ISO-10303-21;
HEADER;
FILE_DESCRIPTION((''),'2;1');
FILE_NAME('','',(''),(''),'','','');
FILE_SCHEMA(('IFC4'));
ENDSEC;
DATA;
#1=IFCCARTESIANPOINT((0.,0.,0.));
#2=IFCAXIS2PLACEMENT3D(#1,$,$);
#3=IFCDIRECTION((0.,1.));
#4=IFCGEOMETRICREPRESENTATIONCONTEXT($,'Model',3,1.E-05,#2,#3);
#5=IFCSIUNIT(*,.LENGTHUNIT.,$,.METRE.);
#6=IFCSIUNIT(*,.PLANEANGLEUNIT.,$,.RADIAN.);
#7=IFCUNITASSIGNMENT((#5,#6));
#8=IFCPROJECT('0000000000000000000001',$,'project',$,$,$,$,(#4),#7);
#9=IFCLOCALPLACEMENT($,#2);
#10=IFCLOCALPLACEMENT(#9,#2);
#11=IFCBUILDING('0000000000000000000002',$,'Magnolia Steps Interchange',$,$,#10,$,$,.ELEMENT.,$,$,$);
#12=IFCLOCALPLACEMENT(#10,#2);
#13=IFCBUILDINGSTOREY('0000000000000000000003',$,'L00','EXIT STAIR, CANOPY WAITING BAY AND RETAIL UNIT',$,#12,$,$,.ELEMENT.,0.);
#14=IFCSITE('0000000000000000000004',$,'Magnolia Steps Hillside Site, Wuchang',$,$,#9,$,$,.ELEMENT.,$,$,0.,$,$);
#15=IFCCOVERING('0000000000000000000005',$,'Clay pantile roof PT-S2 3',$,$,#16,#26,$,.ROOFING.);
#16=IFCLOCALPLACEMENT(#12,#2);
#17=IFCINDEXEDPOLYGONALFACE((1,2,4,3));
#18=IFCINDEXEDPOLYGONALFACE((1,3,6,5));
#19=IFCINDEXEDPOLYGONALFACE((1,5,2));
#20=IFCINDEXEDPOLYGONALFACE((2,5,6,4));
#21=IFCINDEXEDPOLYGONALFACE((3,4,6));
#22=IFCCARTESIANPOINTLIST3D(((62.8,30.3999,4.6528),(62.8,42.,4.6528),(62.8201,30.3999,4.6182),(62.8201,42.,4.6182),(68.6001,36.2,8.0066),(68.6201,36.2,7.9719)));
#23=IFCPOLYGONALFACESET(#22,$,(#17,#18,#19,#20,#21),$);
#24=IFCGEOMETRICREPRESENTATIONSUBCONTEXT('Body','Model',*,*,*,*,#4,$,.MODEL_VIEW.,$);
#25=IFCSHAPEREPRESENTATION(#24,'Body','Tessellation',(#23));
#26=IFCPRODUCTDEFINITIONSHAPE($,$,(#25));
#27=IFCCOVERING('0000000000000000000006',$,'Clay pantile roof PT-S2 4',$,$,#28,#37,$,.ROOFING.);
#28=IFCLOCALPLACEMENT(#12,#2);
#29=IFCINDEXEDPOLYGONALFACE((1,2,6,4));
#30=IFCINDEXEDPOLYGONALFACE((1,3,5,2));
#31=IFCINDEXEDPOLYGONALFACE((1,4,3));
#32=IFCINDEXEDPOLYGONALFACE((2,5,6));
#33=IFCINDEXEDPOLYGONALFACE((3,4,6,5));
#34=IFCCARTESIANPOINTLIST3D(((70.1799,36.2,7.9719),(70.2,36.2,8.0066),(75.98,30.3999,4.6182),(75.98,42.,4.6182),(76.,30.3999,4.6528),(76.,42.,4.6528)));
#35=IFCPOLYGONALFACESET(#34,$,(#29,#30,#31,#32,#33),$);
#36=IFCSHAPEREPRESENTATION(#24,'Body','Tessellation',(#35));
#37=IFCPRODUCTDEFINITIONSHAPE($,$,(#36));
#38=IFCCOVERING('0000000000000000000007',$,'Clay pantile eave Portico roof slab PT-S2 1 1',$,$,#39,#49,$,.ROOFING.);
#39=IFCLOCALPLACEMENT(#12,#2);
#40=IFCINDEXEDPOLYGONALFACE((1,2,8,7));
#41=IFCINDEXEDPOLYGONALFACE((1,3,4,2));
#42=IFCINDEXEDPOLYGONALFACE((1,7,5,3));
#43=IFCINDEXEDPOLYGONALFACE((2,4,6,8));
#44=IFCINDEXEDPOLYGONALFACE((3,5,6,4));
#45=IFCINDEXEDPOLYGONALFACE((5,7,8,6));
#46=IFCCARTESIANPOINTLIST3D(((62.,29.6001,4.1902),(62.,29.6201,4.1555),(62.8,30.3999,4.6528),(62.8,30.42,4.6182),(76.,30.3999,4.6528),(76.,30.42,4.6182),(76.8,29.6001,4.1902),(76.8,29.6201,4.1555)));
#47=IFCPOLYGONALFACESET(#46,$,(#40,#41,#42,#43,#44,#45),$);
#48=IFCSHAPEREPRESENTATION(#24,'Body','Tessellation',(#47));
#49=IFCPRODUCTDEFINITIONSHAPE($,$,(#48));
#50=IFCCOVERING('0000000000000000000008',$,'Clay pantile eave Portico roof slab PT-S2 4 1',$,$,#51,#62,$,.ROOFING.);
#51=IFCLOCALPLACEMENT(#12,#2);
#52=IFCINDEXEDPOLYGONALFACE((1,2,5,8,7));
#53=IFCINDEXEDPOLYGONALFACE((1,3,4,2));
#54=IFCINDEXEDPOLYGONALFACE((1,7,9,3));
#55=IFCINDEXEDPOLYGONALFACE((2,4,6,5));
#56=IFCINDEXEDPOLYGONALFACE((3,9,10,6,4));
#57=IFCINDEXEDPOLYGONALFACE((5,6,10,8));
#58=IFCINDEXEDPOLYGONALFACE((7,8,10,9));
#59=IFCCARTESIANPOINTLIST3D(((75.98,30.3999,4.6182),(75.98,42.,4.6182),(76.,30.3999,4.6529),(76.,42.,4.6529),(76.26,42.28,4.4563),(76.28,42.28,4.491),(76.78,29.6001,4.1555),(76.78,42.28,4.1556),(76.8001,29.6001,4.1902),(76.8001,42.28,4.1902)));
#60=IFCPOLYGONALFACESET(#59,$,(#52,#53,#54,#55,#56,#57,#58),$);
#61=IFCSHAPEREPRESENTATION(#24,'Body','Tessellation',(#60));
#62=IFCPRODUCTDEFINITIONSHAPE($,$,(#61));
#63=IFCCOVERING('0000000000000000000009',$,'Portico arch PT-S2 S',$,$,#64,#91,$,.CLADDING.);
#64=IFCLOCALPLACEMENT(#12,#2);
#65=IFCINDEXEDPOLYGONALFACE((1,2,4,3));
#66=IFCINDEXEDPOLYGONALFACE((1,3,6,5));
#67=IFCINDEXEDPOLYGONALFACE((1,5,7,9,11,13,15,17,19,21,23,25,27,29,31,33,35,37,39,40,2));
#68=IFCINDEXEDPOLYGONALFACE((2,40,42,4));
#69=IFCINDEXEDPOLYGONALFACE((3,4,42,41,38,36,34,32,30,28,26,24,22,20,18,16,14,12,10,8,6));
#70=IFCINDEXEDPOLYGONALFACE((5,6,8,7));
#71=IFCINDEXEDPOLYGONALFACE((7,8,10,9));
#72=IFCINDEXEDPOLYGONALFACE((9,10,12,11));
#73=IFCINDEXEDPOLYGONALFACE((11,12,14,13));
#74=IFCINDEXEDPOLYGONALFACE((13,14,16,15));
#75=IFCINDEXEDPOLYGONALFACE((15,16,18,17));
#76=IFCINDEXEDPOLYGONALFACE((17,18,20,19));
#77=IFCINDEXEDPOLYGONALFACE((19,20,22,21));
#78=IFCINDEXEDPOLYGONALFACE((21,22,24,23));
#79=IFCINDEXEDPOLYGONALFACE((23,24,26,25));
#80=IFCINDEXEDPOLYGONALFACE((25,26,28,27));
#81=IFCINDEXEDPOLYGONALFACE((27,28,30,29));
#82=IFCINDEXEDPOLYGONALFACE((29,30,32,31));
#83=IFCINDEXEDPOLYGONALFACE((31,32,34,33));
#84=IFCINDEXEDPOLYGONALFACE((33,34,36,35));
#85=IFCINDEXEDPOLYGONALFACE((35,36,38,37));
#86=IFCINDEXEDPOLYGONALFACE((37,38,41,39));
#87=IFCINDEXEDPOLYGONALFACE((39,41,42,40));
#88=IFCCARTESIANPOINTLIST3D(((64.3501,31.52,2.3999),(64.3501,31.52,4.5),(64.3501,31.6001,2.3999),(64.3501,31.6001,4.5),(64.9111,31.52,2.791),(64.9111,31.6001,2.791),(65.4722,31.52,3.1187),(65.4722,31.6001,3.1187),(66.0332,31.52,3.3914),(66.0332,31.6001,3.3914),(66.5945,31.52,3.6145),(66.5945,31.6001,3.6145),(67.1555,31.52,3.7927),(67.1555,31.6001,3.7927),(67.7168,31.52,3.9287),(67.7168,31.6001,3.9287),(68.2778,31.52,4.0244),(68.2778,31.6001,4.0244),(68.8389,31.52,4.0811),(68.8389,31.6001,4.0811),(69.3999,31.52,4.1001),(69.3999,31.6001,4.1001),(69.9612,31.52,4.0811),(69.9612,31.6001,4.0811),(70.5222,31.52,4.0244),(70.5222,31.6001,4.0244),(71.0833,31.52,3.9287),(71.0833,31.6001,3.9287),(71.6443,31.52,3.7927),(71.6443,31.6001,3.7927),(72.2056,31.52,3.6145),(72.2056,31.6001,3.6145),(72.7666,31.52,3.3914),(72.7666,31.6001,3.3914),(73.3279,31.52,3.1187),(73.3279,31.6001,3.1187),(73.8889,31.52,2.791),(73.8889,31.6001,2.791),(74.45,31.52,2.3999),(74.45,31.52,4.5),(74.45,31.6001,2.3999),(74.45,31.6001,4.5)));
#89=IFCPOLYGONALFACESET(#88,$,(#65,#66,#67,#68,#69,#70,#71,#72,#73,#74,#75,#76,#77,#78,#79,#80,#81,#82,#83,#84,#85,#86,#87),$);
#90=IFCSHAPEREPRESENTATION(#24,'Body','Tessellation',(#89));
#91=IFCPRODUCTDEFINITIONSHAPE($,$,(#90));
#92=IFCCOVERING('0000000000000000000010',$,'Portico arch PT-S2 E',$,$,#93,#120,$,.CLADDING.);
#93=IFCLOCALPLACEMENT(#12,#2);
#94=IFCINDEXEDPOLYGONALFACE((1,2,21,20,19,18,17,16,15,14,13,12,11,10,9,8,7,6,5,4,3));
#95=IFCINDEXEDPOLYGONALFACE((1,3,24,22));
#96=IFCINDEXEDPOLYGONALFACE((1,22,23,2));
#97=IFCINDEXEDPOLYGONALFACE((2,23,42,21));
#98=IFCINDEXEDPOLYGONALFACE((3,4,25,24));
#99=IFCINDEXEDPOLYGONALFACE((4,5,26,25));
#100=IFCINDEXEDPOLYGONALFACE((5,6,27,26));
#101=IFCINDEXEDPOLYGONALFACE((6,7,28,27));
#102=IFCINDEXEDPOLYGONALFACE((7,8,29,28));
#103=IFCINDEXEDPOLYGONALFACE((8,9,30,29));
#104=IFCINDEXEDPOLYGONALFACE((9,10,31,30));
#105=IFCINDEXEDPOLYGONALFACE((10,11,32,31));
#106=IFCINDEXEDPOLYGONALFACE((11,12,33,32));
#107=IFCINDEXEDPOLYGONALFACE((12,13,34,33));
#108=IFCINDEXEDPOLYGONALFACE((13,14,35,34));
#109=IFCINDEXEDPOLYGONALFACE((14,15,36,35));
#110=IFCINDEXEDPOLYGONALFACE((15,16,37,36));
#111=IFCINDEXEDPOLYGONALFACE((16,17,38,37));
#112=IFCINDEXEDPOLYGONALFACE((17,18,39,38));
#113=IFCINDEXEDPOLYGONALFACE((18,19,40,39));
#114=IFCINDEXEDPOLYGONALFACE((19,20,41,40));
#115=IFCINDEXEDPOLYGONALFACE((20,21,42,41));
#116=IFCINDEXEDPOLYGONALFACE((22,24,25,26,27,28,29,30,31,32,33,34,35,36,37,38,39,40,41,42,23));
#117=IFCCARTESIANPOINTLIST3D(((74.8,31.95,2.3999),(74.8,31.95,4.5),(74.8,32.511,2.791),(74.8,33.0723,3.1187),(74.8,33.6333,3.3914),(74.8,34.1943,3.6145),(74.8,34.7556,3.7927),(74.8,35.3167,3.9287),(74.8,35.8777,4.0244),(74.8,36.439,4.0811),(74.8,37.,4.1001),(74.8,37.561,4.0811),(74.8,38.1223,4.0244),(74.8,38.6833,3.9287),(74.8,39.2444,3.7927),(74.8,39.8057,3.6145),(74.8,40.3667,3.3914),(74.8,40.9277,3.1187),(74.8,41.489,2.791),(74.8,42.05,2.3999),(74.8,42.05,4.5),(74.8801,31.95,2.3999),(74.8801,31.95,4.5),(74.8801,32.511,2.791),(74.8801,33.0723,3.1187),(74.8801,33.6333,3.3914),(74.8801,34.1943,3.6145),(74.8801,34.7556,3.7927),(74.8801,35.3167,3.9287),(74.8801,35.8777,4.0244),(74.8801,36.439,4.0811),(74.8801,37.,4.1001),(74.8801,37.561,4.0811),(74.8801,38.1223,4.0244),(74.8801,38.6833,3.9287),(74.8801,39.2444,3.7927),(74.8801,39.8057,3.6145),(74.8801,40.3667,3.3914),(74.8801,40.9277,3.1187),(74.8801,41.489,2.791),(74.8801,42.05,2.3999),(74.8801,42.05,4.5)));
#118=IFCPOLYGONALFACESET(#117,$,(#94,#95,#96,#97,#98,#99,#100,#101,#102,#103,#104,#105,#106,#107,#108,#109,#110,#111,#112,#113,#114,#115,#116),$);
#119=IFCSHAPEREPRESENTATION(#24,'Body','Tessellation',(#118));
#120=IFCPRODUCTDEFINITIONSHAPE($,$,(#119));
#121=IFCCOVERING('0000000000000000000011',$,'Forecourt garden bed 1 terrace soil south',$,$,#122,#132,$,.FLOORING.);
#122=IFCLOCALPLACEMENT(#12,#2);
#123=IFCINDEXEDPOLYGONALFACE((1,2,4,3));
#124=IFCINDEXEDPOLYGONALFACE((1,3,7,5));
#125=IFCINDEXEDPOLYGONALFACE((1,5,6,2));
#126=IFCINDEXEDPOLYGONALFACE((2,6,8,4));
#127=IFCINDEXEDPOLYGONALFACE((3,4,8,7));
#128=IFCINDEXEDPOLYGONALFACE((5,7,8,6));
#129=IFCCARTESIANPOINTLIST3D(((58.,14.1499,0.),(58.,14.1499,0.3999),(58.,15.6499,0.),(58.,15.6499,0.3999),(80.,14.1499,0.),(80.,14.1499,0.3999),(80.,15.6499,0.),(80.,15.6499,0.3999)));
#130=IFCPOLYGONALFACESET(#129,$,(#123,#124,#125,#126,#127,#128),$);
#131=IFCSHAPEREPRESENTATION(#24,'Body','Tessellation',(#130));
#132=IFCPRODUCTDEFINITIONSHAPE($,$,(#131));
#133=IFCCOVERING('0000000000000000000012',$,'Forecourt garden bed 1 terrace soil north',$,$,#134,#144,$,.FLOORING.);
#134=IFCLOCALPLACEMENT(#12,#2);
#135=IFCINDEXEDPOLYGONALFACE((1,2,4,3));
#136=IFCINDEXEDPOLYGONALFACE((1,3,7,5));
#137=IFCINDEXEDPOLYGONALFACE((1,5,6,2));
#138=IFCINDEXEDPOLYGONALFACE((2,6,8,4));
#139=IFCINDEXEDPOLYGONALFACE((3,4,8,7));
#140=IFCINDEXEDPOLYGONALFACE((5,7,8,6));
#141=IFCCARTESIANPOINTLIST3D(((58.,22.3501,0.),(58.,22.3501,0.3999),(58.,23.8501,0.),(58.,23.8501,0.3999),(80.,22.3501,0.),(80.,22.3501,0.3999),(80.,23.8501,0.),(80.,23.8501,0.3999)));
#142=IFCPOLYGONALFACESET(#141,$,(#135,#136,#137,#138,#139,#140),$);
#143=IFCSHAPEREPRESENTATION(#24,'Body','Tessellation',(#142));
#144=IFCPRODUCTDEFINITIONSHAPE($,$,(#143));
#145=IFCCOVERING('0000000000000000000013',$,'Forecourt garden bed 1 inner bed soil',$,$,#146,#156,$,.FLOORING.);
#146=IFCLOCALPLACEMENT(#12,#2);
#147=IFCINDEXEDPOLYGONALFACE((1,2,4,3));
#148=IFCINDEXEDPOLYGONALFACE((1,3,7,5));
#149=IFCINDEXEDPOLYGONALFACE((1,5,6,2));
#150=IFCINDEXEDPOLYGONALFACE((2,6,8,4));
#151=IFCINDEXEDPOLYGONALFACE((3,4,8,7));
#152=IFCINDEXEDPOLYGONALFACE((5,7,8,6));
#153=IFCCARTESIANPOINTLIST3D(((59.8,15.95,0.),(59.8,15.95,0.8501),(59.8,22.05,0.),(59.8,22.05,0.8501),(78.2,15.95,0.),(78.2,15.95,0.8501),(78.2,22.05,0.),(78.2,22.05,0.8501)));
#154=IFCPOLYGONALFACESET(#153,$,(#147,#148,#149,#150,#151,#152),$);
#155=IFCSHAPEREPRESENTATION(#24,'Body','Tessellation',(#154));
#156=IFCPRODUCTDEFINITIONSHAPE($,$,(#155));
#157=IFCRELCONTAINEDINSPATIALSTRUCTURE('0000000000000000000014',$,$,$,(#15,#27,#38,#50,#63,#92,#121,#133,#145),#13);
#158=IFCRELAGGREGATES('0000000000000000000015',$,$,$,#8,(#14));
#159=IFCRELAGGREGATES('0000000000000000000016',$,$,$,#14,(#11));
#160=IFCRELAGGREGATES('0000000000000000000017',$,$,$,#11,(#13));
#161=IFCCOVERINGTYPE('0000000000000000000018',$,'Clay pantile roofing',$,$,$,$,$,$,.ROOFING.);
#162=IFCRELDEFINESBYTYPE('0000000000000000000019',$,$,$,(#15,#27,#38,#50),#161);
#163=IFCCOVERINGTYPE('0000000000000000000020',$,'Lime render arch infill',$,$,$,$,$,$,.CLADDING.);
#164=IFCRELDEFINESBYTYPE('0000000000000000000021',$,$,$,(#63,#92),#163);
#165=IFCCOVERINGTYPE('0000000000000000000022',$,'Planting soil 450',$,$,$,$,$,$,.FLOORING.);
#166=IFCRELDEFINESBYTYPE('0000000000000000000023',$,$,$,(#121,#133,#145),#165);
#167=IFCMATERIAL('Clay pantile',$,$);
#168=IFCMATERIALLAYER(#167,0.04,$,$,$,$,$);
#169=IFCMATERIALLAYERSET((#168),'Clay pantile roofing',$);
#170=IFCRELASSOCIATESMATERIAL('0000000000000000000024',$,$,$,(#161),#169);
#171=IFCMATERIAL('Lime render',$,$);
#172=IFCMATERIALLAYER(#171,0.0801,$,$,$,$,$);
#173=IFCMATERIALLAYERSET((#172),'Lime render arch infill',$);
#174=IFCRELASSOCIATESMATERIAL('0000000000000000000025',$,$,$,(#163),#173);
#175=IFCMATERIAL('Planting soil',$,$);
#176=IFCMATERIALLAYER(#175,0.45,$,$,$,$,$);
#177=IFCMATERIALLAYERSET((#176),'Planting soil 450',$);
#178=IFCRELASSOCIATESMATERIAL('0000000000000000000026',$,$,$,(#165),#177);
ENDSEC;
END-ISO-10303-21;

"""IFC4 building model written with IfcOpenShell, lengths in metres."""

from ifc_helpers import new_model, si_unit, direction, frame, origin, origin_2d, place, context, subcontext, project, spatial, polyline, rectangle, outline, extrude, material, layer, layer_set, type_object, element, save


model = new_model("IFC4")

# Units and contexts
model_context = context("Model", 3, precision=1e-05, world=origin(), true_north=direction((0.0, 1.0)))
body_context = subcontext(model_context, "Body", "Model", "MODEL_VIEW")
ifc_project = project(units=[si_unit("LENGTHUNIT", "METRE"), si_unit("PLANEANGLEUNIT", "RADIAN")], contexts=[model_context])

# Site, building, storey
site_placement = place(None, origin())
site = spatial("IfcSite", under=ifc_project, at=site_placement, Name="Magnolia Steps Hillside Site, Wuchang", CompositionType="ELEMENT", RefElevation=0.0)
building_placement = place(site_placement, origin())
building = spatial("IfcBuilding", under=site, at=building_placement, Name="Magnolia Steps Interchange", CompositionType="ELEMENT")
storey_placement = place(building_placement, origin())
storey = spatial("IfcBuildingStorey", under=building, at=storey_placement, Name="L00", Description="EXIT STAIR, CANOPY WAITING BAY AND RETAIL UNIT", CompositionType="ELEMENT", Elevation=0.0)

# Coverings
ifc_material_1 = material(Name="Clay pantile")
ifc_layer_1 = layer(ifc_material_1, 0.04)
ifc_layer_set_1 = layer_set([ifc_layer_1], Name="Clay pantile roofing")
covering_type_1 = type_object("IfcCoveringType", Name="Clay pantile roofing", PredefinedType="ROOFING", material=ifc_layer_set_1)
for number, where, z_axis, x_axis, name in (
    (1, (62.8, 42.0, 4.6528), (-0.500571, 0.0, 0.865696), (0.0, -1.0, 0.0), "Clay pantile roof PT-S2 3"),
    (2, (76.0, 30.3999, 4.6528), (0.500571, 0.0, 0.865696), (0.0, 1.0, 0.0), "Clay pantile roof PT-S2 4"),
):
    element("IfcCovering", number, at=place(storey_placement, frame(where, z_axis=z_axis, x_axis=x_axis)), inside=storey, type_object=covering_type_1, Name=name, PredefinedType="ROOFING", context=body_context, shape_type="SweptSolid", body=[
        extrude(outline(polyline([(0.0, 0.0), (11.6001, 0.0), (5.8, 6.6999), (0.0, 0.0)])), origin(), (0.0, 0.0, -1.0), 0.04),
    ])
covering_1_placement = place(storey_placement, frame((62.8, 30.3999, 4.6528), z_axis=(0.0, -0.500713, 0.865613), x_axis=(1.0, 0.0, 0.0)))
element("IfcCovering", 3, at=covering_1_placement, inside=storey, type_object=covering_type_1, Name="Clay pantile eave Portico roof slab PT-S2 1 1", PredefinedType="ROOFING", context=body_context, shape_type="SweptSolid", body=[
    extrude(outline(polyline([(0.0, 0.0), (13.2, 0.0), (14.0, -0.924), (-0.8, -0.924), (0.0, 0.0)])), origin(), (0.0, 0.0, -1.0), 0.04),
])
covering_2_placement = place(storey_placement, frame((76.28, 42.28, 4.491), z_axis=(0.500599, -0.000002, 0.865679), x_axis=(0.865679, 0.0, -0.500599)))
element("IfcCovering", 4, at=covering_2_placement, inside=storey, type_object=covering_type_1, Name="Clay pantile eave Portico roof slab PT-S2 4 1", PredefinedType="ROOFING", context=body_context, shape_type="SweptSolid", body=[
    extrude(outline(polyline([(0.0, 0.0), (0.6007, 0.0), (0.6007, -12.6799), (-0.3234, -11.8801), (-0.3234, -0.28), (0.0, 0.0)])), origin(), (0.0, 0.0, -1.0), 0.04),
])
ifc_material_2 = material(Name="Lime render")
ifc_layer_2 = layer(ifc_material_2, 0.0801)
ifc_layer_set_2 = layer_set([ifc_layer_2], Name="Lime render arch infill")
covering_type_2 = type_object("IfcCoveringType", Name="Lime render arch infill", PredefinedType="CLADDING", material=ifc_layer_set_2)
covering_3_placement = place(storey_placement, frame((64.3501, 31.6001, 2.3999), z_axis=(0.0, 1.0, 0.0), x_axis=(0.0, 0.0, 1.0)))
element("IfcCovering", 5, at=covering_3_placement, inside=storey, type_object=covering_type_2, Name="Portico arch PT-S2 S", PredefinedType="CLADDING", context=body_context, shape_type="SweptSolid", body=[
    extrude(outline(polyline([(0.0, 0.0), (2.1001, 0.0), (2.1001, 10.0999), (0.0, 10.0999), (0.3911, 9.5388), (0.7188, 8.9778), (0.9915, 8.4165), (1.2146, 7.8555), (1.3928, 7.2942), (1.5288, 6.7332), (1.6245, 6.1721), (1.6812, 5.6111), (1.7002, 5.0498), (1.6812, 4.4888), (1.6245, 3.9277), (1.5288, 3.3667), (1.3928, 2.8054), (1.2146, 2.2444), (0.9915, 1.6831), (0.7188, 1.1221), (0.3911, 0.561), (0.0, 0.0)])), origin(), (0.0, 0.0, -1.0), 0.0801),
])
covering_4_placement = place(storey_placement, frame((74.8, 31.95, 2.3999), z_axis=(-1.0, 0.0, 0.0), x_axis=(0.0, 0.0, 1.0)))
element("IfcCovering", 6, at=covering_4_placement, inside=storey, type_object=covering_type_2, Name="Portico arch PT-S2 E", PredefinedType="CLADDING", context=body_context, shape_type="SweptSolid", body=[
    extrude(outline(polyline([(0.0, 0.0), (2.1001, 0.0), (2.1001, 10.1001), (0.0, 10.1001), (0.3911, 9.5391), (0.7188, 8.9778), (0.9915, 8.4167), (1.2146, 7.8557), (1.3928, 7.2944), (1.5288, 6.7334), (1.6245, 6.1724), (1.6812, 5.6111), (1.7002, 5.05), (1.6812, 4.489), (1.6245, 3.9277), (1.5288, 3.3667), (1.3928, 2.8057), (1.2146, 2.2444), (0.9915, 1.6833), (0.7188, 1.1223), (0.3911, 0.561), (0.0, 0.0)])), origin(), (0.0, 0.0, -1.0), 0.0801),
])
ifc_material_3 = material(Name="Planting soil")
ifc_layer_3 = layer(ifc_material_3, 0.45)
ifc_layer_set_3 = layer_set([ifc_layer_3], Name="Planting soil 450")
covering_type_3 = type_object("IfcCoveringType", Name="Planting soil 450", PredefinedType="FLOORING", material=ifc_layer_set_3)
for number, where, z_axis, x_axis, name in (
    (7, (69.0, 14.8999, 0.0), (0.0, 0.0, 1.0), (1.0, 0.0, 0.0), "Forecourt garden bed 1 terrace soil south"),
    (8, (69.0, 23.1001, 0.0), (0.0, 0.0, 1.0), (1.0, 0.0, 0.0), "Forecourt garden bed 1 terrace soil north"),
):
    element("IfcCovering", number, at=place(storey_placement, frame(where, z_axis=z_axis, x_axis=x_axis)), inside=storey, type_object=covering_type_3, Name=name, PredefinedType="FLOORING", context=body_context, shape_type="SweptSolid", body=[
        extrude(rectangle(XDim=22.0, YDim=1.5, at=origin_2d()), origin(), (0.0, 0.0, 1.0), 0.3999),
    ])
covering_5_placement = place(storey_placement, frame((69.0, 19.0, 0.0), z_axis=(0.0, 0.0, 1.0), x_axis=(1.0, 0.0, 0.0)))
element("IfcCovering", 9, at=covering_5_placement, inside=storey, type_object=covering_type_3, Name="Forecourt garden bed 1 inner bed soil", PredefinedType="FLOORING", context=body_context, shape_type="SweptSolid", body=[
    extrude(rectangle(XDim=18.3999, YDim=6.1001, at=origin_2d()), origin(), (0.0, 0.0, 1.0), 0.8501),
])

save(model, "model.ifc")
